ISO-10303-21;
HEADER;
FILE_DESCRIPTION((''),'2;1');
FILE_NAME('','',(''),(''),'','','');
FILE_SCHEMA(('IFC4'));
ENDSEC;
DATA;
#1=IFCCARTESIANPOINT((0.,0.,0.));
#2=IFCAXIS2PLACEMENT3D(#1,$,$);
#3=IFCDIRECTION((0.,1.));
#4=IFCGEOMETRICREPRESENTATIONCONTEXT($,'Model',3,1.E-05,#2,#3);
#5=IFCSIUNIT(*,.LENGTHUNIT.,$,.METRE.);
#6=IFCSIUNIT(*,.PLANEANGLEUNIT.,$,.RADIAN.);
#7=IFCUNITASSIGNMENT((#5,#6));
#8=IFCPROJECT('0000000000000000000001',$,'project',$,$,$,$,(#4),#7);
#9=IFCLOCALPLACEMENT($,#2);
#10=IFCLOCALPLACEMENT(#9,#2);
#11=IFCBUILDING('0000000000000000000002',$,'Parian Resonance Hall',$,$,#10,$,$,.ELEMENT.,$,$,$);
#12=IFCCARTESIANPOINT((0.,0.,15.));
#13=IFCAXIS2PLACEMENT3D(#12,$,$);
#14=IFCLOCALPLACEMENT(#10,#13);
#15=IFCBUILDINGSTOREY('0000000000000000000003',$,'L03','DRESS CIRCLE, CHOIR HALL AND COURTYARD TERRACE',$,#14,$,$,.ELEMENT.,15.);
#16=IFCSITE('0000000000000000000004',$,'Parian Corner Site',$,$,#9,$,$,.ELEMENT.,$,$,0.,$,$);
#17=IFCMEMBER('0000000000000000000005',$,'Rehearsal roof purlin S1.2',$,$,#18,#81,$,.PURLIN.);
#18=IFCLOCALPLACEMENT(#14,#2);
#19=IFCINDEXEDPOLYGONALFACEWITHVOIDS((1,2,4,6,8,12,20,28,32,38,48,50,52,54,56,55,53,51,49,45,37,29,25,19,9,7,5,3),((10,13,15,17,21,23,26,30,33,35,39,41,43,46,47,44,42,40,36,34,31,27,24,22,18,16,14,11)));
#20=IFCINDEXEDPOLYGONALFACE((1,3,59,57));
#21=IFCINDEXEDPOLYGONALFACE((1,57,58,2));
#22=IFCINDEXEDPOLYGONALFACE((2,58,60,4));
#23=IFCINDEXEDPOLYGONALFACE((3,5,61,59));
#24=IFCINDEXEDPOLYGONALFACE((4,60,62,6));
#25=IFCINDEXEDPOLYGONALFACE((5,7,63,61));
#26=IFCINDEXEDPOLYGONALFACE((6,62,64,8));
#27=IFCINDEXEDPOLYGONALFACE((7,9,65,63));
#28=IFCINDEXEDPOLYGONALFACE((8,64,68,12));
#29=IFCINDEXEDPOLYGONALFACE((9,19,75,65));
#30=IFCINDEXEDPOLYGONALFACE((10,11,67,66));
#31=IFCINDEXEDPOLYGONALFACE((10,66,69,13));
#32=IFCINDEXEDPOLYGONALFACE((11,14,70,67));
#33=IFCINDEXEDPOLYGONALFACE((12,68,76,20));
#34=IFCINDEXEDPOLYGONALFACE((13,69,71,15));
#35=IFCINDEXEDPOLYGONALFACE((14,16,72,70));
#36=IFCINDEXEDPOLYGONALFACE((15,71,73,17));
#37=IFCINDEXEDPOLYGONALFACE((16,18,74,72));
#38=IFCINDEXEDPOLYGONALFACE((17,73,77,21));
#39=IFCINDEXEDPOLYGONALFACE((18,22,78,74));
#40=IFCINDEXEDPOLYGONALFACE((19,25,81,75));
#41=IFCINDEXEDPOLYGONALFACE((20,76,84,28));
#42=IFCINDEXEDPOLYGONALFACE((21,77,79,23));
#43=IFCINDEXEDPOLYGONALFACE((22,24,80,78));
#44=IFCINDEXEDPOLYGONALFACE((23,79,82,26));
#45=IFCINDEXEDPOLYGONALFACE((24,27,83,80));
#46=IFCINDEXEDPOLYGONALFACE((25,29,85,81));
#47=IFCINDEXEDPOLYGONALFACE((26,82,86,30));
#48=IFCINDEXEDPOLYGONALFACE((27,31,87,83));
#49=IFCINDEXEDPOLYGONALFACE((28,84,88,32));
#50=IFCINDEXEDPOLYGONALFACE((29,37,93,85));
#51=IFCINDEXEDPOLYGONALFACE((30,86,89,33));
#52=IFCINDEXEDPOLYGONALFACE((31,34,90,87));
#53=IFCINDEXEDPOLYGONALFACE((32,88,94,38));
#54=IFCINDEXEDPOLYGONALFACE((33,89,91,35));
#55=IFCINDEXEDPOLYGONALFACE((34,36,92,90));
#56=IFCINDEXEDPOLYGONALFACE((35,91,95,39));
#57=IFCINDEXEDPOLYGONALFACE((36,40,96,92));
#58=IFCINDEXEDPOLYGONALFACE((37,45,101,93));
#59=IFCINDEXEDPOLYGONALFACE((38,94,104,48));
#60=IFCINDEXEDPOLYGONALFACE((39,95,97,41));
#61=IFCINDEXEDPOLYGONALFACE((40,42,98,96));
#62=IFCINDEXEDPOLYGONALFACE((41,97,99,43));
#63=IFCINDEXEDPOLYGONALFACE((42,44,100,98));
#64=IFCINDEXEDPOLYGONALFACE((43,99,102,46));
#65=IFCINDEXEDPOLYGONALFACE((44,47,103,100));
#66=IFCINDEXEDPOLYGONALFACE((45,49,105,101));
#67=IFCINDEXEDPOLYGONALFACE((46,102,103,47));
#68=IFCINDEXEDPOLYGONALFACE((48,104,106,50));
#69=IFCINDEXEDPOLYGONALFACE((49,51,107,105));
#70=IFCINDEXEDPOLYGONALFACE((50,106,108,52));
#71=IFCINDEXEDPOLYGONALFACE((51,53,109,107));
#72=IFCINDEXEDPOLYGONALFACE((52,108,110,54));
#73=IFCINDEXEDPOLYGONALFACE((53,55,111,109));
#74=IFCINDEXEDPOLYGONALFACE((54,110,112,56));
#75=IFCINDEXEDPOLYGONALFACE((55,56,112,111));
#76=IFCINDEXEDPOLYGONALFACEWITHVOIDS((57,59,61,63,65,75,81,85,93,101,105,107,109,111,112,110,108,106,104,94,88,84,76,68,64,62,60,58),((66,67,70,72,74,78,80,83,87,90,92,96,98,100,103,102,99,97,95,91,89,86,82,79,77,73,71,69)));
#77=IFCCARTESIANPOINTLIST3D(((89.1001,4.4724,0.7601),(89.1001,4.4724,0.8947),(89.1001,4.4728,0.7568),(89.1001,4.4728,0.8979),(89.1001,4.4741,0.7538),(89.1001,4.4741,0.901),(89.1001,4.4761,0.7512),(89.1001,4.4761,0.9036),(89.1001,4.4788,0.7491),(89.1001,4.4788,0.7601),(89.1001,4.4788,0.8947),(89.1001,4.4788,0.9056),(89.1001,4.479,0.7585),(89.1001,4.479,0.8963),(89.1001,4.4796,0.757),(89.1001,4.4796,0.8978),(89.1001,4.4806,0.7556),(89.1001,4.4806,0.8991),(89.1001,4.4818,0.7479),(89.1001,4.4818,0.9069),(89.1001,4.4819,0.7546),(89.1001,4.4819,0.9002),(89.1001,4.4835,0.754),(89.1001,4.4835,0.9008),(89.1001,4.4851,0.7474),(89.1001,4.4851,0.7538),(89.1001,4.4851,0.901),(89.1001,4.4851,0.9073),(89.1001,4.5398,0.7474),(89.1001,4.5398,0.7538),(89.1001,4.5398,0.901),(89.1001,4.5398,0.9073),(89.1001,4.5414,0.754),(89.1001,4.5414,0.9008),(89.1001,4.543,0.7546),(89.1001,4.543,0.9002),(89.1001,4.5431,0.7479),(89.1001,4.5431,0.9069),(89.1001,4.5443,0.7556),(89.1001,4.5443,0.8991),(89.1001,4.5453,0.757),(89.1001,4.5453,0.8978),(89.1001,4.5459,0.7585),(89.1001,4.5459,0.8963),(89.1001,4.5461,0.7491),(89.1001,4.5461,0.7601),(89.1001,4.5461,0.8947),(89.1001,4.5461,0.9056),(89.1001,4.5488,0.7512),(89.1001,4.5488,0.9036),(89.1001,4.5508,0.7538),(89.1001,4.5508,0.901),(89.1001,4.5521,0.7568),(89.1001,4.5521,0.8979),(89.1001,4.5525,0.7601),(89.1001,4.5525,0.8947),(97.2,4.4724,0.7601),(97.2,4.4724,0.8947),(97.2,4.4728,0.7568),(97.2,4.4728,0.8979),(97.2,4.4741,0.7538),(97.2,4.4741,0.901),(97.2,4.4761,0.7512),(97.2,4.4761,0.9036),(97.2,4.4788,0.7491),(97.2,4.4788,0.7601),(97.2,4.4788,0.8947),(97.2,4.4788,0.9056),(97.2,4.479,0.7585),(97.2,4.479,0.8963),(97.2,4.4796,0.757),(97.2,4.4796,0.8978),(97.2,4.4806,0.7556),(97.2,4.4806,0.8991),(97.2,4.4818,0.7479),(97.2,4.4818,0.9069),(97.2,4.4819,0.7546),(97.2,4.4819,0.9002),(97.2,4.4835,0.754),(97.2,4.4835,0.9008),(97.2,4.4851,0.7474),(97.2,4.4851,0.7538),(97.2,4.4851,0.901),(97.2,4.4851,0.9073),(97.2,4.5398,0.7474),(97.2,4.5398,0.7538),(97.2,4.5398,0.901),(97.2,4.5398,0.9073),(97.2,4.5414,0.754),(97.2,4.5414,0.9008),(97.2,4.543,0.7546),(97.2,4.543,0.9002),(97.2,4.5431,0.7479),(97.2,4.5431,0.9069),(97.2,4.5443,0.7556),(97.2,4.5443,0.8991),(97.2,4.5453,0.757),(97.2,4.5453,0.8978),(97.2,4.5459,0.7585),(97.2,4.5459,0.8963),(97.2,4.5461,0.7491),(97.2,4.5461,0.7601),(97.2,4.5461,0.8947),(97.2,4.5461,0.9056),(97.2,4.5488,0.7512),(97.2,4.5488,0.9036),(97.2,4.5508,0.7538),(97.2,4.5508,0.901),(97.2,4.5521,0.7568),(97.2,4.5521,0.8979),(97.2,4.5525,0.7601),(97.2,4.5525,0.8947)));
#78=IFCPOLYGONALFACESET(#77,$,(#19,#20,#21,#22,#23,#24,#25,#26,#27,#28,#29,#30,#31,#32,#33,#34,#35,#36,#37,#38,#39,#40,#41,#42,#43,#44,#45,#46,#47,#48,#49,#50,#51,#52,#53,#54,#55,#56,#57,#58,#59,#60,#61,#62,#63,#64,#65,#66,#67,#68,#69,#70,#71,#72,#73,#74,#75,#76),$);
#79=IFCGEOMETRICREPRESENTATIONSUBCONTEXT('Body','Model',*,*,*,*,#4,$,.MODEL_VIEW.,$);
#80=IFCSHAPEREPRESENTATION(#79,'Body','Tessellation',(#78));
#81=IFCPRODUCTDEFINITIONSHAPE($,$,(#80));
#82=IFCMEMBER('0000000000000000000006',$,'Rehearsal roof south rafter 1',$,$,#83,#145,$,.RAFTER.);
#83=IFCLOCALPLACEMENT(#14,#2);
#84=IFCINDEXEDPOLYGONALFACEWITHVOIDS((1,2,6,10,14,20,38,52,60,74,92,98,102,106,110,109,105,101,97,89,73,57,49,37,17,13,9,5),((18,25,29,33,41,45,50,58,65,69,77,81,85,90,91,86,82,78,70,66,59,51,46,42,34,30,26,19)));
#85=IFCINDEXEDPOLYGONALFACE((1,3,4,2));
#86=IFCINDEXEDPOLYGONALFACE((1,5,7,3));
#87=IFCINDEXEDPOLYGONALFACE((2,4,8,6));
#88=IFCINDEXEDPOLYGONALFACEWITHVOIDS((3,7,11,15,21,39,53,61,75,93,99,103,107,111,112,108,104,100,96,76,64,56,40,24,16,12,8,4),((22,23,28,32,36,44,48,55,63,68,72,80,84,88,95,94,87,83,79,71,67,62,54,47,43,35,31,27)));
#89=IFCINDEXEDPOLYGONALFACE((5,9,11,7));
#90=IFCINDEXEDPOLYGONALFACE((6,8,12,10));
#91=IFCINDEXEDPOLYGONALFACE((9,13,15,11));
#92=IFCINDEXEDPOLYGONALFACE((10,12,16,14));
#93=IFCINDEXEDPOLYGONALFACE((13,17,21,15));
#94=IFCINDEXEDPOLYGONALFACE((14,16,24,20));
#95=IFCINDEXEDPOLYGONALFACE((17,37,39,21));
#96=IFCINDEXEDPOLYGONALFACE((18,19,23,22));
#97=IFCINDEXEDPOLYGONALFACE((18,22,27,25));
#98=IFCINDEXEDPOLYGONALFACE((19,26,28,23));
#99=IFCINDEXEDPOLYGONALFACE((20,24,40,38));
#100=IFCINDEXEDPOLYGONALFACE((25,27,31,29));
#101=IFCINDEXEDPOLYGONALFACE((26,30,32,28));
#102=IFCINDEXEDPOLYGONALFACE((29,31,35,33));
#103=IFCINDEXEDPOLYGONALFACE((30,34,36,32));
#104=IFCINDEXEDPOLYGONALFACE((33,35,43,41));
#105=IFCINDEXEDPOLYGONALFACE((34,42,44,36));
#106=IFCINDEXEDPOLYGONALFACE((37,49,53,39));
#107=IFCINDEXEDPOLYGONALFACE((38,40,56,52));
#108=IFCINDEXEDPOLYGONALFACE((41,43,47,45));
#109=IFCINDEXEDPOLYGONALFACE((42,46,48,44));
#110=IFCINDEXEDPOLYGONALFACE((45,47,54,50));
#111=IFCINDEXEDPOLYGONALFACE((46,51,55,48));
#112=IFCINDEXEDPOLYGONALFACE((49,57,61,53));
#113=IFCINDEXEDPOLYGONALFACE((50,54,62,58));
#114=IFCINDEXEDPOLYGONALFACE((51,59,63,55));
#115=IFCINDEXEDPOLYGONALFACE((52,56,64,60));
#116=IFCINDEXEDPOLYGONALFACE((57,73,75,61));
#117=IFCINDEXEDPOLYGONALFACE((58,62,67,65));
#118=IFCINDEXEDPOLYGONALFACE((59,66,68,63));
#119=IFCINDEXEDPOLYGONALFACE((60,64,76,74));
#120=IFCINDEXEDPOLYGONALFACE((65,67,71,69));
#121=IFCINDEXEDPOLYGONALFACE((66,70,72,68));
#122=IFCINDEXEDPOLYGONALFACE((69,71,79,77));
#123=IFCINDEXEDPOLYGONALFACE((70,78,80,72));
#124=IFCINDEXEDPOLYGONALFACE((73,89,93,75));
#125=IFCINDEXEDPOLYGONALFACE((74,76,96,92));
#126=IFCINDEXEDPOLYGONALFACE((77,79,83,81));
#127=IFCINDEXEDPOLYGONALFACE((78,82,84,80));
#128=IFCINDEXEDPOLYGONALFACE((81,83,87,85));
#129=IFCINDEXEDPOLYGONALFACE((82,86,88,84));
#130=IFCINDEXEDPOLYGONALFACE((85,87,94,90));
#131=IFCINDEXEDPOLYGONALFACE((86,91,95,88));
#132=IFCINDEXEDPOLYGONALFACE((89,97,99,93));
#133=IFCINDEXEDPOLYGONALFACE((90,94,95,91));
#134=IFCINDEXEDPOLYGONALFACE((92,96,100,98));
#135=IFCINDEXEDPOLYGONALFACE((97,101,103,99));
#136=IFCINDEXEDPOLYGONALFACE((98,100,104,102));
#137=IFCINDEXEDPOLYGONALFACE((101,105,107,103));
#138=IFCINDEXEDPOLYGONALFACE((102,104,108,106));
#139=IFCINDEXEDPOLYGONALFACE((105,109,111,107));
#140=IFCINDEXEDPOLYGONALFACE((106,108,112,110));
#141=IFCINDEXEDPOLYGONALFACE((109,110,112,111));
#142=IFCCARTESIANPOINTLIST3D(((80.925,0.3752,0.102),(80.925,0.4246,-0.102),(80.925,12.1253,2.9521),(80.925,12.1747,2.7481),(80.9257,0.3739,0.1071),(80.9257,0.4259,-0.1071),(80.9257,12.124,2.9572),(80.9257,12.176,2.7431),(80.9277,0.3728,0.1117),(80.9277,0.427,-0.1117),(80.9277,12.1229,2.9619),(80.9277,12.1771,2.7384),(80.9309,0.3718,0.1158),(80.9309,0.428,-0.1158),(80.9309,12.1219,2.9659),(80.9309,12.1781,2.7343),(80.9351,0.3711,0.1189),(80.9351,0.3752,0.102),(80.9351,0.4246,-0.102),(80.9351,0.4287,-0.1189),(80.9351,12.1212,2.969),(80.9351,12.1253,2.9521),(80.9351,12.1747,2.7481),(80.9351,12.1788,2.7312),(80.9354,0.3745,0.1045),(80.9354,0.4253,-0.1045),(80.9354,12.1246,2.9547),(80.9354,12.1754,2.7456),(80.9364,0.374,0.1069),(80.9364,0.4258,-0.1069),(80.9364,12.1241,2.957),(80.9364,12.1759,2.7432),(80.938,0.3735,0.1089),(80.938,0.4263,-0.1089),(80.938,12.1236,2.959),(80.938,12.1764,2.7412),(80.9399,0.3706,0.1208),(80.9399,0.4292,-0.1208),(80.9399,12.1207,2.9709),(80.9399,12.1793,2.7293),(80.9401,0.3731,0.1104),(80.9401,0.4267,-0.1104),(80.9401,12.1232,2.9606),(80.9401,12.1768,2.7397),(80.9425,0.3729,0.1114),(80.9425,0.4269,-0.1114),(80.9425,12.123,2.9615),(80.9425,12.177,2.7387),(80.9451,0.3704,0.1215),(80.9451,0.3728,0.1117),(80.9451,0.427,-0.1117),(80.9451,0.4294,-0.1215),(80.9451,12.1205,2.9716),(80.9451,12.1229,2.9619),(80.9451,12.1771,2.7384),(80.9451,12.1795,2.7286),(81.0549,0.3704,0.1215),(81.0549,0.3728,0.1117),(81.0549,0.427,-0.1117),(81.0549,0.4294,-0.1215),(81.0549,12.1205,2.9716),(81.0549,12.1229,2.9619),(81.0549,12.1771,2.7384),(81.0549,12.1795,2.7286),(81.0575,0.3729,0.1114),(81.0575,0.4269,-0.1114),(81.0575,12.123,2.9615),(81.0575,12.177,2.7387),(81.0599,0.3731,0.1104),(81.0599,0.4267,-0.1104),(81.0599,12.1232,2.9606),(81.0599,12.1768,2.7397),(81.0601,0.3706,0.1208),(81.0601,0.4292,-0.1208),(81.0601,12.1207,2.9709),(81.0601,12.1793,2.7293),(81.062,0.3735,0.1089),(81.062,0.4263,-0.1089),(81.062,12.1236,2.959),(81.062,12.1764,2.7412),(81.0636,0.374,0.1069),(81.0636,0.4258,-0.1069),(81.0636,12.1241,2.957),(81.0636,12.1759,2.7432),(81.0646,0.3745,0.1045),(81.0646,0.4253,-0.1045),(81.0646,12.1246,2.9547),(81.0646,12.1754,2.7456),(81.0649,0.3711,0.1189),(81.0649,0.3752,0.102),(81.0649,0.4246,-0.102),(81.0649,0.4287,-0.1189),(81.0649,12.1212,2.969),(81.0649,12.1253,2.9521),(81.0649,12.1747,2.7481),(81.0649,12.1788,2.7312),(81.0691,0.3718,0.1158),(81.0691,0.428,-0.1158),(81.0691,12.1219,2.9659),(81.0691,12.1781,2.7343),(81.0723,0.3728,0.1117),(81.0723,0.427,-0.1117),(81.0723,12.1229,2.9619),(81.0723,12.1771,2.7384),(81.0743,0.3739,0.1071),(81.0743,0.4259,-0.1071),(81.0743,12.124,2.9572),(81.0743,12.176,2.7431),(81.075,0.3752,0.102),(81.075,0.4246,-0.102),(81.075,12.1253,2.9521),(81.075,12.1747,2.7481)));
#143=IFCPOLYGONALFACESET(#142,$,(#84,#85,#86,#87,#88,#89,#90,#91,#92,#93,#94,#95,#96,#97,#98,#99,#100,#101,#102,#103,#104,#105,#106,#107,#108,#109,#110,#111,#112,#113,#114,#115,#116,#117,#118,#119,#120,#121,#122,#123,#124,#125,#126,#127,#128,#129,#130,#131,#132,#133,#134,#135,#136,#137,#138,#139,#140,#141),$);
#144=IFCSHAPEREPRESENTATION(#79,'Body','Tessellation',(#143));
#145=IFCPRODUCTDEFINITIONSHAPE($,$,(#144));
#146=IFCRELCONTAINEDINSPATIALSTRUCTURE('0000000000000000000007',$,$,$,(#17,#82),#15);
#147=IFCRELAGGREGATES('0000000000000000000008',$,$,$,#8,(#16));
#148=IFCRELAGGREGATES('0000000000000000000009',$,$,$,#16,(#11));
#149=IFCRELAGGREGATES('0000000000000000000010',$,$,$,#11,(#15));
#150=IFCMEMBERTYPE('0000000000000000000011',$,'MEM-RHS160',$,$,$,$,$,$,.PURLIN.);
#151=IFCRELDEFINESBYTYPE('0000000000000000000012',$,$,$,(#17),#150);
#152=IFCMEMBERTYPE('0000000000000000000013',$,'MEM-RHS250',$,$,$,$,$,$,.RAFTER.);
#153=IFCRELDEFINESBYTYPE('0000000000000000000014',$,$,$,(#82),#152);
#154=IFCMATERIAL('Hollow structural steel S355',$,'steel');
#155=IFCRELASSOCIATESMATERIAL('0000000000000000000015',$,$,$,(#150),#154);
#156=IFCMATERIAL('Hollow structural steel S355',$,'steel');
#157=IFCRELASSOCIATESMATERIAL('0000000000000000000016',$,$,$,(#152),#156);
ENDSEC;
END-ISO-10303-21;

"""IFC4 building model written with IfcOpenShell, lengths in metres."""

from ifc_helpers import new_model, si_unit, direction, frame, origin, origin_2d, place, context, subcontext, project, spatial, hollow_rectangle, extrude, material, material_profile, profile_set, type_object, element, save


model = new_model("IFC4")

# Units and contexts
model_context = context("Model", 3, precision=1e-05, world=origin(), true_north=direction((0.0, 1.0)))
body_context = subcontext(model_context, "Body", "Model", "MODEL_VIEW")
ifc_project = project(units=[si_unit("LENGTHUNIT", "METRE"), si_unit("PLANEANGLEUNIT", "RADIAN")], contexts=[model_context])

# Site, building, storey
site_placement = place(None, origin())
site = spatial("IfcSite", under=ifc_project, at=site_placement, Name="Parian Corner Site", CompositionType="ELEMENT", RefElevation=0.0)
building_placement = place(site_placement, origin())
building = spatial("IfcBuilding", under=site, at=building_placement, Name="Parian Resonance Hall", CompositionType="ELEMENT")
storey_placement = place(building_placement, frame((0.0, 0.0, 15.0)))
storey = spatial("IfcBuildingStorey", under=building, at=storey_placement, Name="L03", Description="DRESS CIRCLE, CHOIR HALL AND COURTYARD TERRACE", CompositionType="ELEMENT", Elevation=15.0)

# Members
ifc_material_1 = material(Name="Hollow structural steel S355", Category="steel")
ifc_material_profile_1 = material_profile(ifc_material_1, hollow_rectangle(XDim=0.0801, YDim=0.1599, WallThickness=0.0063, InnerFilletRadius=0.0063, OuterFilletRadius=0.0127, at=origin_2d()), Name="RHS160x80x6.3")
ifc_profile_set_1 = profile_set([ifc_material_profile_1], Name="Hollow structural steel S355")
member_type_1 = type_object("IfcMemberType", Name="MEM-RHS160", PredefinedType="PURLIN", material=ifc_profile_set_1)
member_1_placement = place(storey_placement, frame((89.1001, 4.5125, 0.8274), z_axis=(1.0, 0.0, 0.0), x_axis=(0.0, 1.0, 0.0)))
element("IfcMember", 1, at=member_1_placement, inside=storey, type_object=member_type_1, Name="Rehearsal roof purlin S1.2", PredefinedType="PURLIN", context=body_context, shape_type="SweptSolid", body=[
    extrude(hollow_rectangle(XDim=0.0801, YDim=0.1599, WallThickness=0.0063, InnerFilletRadius=0.0063, OuterFilletRadius=0.0127, at=origin_2d()), origin(), (0.0, 0.0, 1.0), 8.0999),
])
ifc_material_2 = material(Name="Hollow structural steel S355", Category="steel")
ifc_material_profile_2 = material_profile(ifc_material_2, hollow_rectangle(XDim=0.1499, YDim=0.25, WallThickness=0.01, InnerFilletRadius=0.01, OuterFilletRadius=0.02, at=origin_2d()), Name="RHS250x150x10")
ifc_profile_set_2 = profile_set([ifc_material_profile_2], Name="Hollow structural steel S355")
member_type_2 = type_object("IfcMemberType", Name="MEM-RHS250", PredefinedType="RAFTER", material=ifc_profile_set_2)
member_2_placement = place(storey_placement, frame((81.0, 0.3999, 0.0), z_axis=(0.0, 0.97182, 0.235726), x_axis=(-1.0, 0.0, 0.0)))
element("IfcMember", 2, at=member_2_placement, inside=storey, type_object=member_type_2, Name="Rehearsal roof south rafter 1", PredefinedType="RAFTER", context=body_context, shape_type="SweptSolid", body=[
    extrude(hollow_rectangle(XDim=0.1499, YDim=0.25, WallThickness=0.01, InnerFilletRadius=0.01, OuterFilletRadius=0.02, at=origin_2d()), origin(), (0.0, 0.0, 1.0), 12.0908),
])

save(model, "model.ifc")
